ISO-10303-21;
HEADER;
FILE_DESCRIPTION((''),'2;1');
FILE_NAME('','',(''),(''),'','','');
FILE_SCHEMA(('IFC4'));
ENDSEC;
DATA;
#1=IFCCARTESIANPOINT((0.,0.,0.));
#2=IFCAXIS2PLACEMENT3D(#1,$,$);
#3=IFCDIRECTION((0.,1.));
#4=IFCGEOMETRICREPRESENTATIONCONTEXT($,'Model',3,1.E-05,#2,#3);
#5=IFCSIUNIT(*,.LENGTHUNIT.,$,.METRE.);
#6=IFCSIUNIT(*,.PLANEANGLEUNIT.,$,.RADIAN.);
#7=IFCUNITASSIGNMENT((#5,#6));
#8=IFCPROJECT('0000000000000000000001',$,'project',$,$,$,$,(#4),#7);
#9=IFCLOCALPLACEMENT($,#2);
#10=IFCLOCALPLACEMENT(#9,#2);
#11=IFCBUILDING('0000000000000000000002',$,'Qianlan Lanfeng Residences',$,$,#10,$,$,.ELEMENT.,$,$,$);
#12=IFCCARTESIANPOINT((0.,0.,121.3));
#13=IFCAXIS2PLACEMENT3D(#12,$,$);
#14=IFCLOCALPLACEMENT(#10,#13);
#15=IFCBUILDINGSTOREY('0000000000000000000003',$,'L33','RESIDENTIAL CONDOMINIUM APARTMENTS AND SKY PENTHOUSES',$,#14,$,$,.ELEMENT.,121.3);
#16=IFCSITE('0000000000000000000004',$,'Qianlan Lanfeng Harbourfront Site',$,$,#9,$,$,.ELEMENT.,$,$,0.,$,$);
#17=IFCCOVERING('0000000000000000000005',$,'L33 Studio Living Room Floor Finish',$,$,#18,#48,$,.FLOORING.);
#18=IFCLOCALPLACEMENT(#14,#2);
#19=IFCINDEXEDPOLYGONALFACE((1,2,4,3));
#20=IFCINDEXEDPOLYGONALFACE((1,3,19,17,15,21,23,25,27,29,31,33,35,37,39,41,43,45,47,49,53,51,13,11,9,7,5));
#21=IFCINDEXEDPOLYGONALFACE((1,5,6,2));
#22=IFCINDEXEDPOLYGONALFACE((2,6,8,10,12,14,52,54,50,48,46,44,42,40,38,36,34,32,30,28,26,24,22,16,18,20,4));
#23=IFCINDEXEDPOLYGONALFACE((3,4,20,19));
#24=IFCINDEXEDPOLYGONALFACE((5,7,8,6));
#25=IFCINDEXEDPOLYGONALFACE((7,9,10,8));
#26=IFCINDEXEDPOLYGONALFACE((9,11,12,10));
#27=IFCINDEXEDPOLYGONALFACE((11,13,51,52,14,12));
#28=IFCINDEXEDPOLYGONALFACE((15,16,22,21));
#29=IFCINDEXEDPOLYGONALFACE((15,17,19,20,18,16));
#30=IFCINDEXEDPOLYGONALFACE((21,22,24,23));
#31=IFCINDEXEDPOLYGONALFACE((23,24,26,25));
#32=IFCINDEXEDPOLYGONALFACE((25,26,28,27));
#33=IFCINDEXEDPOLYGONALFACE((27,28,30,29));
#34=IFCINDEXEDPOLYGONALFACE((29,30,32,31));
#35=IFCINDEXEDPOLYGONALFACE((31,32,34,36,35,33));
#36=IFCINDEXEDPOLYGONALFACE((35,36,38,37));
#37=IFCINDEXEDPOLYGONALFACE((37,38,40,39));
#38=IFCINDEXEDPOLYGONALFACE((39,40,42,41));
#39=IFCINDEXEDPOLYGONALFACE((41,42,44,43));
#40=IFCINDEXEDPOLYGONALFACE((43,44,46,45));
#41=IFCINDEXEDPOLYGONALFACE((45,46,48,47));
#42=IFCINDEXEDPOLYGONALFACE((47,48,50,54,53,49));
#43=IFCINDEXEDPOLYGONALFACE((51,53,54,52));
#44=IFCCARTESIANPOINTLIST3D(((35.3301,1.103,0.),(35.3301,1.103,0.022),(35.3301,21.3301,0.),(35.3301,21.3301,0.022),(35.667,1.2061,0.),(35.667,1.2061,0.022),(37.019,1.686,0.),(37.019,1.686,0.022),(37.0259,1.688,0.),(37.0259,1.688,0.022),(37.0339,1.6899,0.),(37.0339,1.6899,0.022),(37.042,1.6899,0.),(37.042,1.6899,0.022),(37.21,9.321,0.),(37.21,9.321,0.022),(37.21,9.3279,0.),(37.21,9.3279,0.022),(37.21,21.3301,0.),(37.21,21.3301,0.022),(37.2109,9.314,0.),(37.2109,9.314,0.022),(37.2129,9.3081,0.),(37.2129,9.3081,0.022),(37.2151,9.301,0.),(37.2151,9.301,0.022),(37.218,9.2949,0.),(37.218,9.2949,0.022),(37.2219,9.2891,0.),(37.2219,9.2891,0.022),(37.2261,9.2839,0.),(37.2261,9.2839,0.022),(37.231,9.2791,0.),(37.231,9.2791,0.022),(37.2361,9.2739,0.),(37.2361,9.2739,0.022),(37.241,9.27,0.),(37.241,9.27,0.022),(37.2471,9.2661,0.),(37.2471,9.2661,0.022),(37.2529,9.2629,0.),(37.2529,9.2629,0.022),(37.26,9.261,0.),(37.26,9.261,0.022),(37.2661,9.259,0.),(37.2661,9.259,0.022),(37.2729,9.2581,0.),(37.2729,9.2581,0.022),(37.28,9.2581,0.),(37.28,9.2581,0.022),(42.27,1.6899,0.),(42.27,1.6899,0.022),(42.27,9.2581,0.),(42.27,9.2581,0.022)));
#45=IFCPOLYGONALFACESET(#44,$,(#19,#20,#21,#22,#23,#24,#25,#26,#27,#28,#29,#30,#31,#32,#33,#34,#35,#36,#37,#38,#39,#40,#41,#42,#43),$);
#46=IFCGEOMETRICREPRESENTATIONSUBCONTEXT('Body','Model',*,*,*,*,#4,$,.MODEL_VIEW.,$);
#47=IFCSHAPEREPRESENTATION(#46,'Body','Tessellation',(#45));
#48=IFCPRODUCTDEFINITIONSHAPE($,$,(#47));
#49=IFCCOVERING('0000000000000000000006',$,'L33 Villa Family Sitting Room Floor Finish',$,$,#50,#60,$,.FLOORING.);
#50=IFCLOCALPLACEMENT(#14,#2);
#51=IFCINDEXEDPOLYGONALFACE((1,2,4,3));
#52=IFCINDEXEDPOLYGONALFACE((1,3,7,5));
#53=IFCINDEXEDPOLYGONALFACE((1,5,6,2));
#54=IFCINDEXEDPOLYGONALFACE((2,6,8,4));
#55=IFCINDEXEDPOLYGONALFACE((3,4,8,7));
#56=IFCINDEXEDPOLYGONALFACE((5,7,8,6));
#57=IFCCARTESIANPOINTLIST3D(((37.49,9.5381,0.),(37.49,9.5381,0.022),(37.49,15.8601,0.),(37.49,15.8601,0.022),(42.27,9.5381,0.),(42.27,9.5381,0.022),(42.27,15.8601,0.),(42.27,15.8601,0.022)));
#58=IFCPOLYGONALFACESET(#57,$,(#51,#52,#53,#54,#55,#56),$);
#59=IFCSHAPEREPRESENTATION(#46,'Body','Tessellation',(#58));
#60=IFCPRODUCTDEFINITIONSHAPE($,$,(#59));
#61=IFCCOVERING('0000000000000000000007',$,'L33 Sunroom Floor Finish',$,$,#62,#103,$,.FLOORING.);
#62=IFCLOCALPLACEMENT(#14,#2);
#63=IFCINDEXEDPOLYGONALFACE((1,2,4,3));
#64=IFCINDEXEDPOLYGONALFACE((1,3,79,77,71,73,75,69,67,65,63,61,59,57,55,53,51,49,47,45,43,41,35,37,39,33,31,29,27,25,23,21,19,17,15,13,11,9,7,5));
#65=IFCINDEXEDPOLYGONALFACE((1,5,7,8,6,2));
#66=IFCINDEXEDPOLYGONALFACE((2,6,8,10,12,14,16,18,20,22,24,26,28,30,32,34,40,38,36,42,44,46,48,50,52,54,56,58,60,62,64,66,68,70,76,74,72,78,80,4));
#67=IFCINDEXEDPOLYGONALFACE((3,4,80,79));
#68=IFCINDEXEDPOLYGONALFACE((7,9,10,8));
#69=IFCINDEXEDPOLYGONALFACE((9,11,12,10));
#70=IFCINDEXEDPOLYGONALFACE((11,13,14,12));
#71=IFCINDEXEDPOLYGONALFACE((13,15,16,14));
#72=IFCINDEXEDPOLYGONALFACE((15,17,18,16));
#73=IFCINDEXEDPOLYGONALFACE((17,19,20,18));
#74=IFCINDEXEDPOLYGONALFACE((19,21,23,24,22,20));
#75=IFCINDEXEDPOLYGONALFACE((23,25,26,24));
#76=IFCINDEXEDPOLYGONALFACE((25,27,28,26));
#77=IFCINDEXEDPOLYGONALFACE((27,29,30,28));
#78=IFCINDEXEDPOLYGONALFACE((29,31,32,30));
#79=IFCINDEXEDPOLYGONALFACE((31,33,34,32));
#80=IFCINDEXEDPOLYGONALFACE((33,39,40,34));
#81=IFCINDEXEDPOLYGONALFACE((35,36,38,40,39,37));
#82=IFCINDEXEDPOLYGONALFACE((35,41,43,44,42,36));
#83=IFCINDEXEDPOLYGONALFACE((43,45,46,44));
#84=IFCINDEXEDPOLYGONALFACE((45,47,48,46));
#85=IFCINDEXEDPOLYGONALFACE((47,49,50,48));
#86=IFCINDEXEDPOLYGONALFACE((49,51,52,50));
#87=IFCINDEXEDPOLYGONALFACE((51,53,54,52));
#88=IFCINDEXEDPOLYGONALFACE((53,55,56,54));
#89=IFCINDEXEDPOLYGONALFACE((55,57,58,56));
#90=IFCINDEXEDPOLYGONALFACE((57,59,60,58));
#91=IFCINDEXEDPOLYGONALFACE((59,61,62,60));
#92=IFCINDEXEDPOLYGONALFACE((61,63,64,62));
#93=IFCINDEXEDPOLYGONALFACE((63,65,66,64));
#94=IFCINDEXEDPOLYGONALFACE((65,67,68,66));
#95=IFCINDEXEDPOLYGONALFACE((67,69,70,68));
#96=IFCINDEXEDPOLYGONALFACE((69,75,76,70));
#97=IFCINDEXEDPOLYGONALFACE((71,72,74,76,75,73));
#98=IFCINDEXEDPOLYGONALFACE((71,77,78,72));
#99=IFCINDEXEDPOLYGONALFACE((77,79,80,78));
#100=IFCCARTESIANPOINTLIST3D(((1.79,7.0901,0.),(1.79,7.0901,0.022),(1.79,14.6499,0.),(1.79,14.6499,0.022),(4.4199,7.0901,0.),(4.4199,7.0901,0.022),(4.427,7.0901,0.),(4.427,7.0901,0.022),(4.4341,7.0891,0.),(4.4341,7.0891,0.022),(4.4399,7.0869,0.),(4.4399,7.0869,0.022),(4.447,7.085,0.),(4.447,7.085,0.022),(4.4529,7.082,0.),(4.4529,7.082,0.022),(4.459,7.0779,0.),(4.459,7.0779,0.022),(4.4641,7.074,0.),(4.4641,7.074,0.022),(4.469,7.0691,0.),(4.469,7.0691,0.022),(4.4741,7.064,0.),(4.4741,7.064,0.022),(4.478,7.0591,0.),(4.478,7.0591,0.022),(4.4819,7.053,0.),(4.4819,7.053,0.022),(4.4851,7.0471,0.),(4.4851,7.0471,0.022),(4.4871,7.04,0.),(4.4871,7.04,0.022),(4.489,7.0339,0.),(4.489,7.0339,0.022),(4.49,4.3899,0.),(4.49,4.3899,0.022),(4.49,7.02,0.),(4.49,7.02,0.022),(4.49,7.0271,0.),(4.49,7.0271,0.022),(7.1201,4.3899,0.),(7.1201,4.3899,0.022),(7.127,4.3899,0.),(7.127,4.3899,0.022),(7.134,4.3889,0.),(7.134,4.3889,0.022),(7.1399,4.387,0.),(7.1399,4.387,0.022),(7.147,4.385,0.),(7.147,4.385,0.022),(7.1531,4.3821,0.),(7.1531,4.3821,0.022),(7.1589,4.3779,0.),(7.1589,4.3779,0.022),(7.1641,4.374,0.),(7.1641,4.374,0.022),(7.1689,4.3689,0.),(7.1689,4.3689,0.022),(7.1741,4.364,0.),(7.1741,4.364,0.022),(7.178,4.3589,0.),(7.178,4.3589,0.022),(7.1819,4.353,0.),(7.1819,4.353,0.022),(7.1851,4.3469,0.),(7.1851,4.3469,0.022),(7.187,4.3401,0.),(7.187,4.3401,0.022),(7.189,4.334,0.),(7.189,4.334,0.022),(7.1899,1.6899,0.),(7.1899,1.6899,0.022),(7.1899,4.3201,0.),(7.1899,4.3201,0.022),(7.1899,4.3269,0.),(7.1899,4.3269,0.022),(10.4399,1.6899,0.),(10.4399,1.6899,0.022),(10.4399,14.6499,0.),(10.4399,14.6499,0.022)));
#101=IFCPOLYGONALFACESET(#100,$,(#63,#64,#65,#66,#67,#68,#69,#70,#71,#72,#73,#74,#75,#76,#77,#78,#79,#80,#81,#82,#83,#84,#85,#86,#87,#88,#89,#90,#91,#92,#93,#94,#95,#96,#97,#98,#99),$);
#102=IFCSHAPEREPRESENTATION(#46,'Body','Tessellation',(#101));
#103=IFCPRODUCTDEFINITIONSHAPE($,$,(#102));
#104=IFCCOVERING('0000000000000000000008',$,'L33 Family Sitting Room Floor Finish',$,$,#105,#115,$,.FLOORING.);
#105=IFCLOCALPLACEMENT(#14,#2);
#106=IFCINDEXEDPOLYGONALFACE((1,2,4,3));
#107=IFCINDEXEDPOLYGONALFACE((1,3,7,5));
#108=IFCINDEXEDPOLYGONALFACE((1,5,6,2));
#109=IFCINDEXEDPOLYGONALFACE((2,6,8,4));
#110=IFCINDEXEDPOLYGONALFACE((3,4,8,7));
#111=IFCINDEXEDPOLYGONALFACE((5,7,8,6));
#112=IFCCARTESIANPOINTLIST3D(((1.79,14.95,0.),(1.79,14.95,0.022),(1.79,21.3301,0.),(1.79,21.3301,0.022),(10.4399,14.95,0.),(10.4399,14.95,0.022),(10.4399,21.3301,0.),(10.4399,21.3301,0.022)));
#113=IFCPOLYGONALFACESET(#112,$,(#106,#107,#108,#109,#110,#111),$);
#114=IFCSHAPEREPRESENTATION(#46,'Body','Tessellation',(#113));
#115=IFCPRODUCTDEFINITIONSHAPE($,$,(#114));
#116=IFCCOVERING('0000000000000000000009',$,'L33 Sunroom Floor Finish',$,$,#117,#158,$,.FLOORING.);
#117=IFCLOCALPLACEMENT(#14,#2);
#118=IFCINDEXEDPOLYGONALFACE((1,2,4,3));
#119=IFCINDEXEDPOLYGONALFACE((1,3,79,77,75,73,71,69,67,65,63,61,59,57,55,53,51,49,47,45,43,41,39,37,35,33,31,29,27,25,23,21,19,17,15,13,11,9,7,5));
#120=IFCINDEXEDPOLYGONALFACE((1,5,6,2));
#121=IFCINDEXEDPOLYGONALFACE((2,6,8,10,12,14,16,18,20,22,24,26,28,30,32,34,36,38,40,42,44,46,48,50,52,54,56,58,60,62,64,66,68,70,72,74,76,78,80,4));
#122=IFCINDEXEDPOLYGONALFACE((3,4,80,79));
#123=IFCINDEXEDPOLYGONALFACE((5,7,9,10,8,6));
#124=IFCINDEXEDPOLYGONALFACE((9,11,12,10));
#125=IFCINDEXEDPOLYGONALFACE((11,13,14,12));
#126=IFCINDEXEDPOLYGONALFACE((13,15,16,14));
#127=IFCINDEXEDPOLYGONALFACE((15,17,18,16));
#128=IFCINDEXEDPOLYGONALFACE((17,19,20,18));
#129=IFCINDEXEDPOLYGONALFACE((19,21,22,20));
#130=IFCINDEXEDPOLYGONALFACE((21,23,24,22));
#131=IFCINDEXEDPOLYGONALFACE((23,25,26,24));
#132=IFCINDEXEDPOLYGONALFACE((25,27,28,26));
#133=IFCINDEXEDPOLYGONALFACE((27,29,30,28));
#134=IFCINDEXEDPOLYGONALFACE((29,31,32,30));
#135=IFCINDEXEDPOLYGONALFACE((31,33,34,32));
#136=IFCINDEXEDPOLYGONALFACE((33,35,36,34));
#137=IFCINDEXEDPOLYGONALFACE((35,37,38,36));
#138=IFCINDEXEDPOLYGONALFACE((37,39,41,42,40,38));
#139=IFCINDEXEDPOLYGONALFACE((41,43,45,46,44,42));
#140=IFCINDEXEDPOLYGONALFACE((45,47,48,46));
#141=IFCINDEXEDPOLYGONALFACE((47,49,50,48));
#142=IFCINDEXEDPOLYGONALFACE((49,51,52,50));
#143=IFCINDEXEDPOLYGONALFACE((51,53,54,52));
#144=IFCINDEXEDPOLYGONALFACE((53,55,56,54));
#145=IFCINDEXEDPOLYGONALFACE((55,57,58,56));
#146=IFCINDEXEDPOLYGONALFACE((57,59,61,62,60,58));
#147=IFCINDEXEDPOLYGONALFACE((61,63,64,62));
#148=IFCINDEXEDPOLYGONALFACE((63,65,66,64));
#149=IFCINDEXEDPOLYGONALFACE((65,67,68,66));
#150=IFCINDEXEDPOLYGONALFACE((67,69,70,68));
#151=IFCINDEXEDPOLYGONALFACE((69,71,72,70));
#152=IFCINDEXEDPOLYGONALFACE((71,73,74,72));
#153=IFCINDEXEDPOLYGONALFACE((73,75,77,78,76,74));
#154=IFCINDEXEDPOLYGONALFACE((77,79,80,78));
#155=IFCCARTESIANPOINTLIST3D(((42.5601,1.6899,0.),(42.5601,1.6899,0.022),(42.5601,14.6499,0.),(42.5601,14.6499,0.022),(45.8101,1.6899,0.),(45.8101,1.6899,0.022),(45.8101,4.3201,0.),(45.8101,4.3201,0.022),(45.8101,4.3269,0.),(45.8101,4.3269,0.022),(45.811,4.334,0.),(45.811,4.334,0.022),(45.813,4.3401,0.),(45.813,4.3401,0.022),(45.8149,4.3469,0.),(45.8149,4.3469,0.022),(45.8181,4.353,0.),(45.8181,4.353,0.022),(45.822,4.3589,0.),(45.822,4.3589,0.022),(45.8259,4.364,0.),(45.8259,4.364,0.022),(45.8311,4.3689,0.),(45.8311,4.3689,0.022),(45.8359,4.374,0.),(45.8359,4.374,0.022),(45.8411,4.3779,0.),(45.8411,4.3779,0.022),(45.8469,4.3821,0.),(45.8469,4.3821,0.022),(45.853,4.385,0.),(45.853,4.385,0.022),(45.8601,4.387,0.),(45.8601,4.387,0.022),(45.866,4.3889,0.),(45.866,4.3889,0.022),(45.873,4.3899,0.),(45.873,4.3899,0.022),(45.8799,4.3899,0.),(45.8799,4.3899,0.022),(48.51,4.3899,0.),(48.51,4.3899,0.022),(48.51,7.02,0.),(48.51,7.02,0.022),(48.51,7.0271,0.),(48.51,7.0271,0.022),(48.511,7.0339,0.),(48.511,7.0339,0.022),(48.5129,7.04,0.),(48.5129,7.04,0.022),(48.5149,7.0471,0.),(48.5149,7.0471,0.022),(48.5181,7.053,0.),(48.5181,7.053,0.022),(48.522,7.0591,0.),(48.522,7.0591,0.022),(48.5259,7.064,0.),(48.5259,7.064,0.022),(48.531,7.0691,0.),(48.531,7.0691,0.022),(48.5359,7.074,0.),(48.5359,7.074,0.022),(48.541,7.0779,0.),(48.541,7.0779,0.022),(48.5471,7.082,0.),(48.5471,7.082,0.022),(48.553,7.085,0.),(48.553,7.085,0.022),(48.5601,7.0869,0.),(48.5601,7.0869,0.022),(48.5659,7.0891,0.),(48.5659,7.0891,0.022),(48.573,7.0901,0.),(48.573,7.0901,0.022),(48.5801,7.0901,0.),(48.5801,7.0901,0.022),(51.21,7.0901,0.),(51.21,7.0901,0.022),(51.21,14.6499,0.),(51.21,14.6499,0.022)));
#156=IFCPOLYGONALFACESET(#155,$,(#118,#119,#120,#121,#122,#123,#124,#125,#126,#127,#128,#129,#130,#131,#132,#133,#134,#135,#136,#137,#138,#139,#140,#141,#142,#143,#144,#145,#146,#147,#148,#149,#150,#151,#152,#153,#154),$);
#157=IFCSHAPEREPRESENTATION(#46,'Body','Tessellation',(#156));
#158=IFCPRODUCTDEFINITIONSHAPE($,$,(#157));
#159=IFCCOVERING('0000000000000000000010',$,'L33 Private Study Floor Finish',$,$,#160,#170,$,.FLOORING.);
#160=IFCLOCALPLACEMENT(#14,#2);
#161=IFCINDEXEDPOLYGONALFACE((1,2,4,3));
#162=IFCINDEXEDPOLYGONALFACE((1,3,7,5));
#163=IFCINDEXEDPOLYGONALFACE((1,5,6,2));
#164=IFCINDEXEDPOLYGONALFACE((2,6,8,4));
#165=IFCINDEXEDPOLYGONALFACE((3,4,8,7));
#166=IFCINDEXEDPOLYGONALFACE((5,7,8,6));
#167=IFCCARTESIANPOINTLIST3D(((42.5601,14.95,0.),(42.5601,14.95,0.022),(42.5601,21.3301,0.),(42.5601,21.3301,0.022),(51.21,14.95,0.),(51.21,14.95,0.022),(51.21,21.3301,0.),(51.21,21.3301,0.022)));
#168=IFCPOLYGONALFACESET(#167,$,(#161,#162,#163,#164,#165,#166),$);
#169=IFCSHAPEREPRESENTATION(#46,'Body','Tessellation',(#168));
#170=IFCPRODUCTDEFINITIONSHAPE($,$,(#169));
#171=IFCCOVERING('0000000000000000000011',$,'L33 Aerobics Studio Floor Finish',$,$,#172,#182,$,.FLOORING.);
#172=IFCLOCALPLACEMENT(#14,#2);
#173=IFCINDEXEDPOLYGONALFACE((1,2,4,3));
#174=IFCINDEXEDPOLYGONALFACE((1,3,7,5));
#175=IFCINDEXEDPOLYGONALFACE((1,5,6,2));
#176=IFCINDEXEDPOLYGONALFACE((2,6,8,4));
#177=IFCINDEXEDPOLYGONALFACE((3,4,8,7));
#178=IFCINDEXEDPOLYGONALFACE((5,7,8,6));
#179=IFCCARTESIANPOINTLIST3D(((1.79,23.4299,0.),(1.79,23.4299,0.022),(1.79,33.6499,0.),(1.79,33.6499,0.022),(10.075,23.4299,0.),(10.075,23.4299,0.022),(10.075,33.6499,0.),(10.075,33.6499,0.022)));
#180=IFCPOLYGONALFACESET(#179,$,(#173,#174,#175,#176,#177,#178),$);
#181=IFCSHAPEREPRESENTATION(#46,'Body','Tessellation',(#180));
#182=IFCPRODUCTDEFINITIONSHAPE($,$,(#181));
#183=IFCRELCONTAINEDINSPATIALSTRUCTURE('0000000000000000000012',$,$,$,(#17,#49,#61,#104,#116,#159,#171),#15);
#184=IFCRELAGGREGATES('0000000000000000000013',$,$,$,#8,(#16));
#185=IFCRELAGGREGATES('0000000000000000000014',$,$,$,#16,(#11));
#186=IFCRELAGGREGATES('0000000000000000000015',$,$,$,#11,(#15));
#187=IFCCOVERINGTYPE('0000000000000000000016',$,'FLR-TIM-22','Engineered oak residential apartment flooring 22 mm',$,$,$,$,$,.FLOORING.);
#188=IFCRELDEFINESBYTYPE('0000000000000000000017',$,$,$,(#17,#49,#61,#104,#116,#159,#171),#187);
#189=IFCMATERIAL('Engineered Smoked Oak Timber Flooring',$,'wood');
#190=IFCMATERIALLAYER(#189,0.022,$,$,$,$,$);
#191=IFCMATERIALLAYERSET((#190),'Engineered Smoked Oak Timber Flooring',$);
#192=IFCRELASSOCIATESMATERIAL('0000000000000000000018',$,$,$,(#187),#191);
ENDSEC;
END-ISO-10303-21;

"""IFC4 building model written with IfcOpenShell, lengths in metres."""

from ifc_helpers import new_model, si_unit, direction, frame, origin, place, context, subcontext, project, spatial, polyline, outline, extrude, material, layer, layer_set, type_object, element, save


model = new_model("IFC4")

# Units and contexts
model_context = context("Model", 3, precision=1e-05, world=origin(), true_north=direction((0.0, 1.0)))
body_context = subcontext(model_context, "Body", "Model", "MODEL_VIEW")
ifc_project = project(units=[si_unit("LENGTHUNIT", "METRE"), si_unit("PLANEANGLEUNIT", "RADIAN")], contexts=[model_context])

# Site, building, storey
site_placement = place(None, origin())
site = spatial("IfcSite", under=ifc_project, at=site_placement, Name="Qianlan Lanfeng Harbourfront Site", CompositionType="ELEMENT", RefElevation=0.0)
building_placement = place(site_placement, origin())
building = spatial("IfcBuilding", under=site, at=building_placement, Name="Qianlan Lanfeng Residences", CompositionType="ELEMENT")
storey_placement = place(building_placement, frame((0.0, 0.0, 121.3)))
storey = spatial("IfcBuildingStorey", under=building, at=storey_placement, Name="L33", Description="RESIDENTIAL CONDOMINIUM APARTMENTS AND SKY PENTHOUSES", CompositionType="ELEMENT", Elevation=121.3)

# Coverings
ifc_material_1 = material(Name="Engineered Smoked Oak Timber Flooring", Category="wood")
ifc_layer_1 = layer(ifc_material_1, 0.022)
ifc_layer_set_1 = layer_set([ifc_layer_1], Name="Engineered Smoked Oak Timber Flooring")
covering_type_1 = type_object("IfcCoveringType", Name="FLR-TIM-22", Description="Engineered oak residential apartment flooring 22 mm", PredefinedType="FLOORING", material=ifc_layer_set_1)
covering_1_placement = place(storey_placement, origin())
element("IfcCovering", 1, at=covering_1_placement, inside=storey, type_object=covering_type_1, Name="L33 Studio Living Room Floor Finish", PredefinedType="FLOORING", context=body_context, shape_type="SweptSolid", body=[
    extrude(outline(polyline([(42.27, 1.6899), (42.27, 9.2581), (37.28, 9.2581), (37.2729, 9.2581), (37.2661, 9.259), (37.26, 9.261), (37.2529, 9.2629), (37.2471, 9.2661), (37.241, 9.27), (37.2361, 9.2739), (37.231, 9.2791), (37.2261, 9.2839), (37.2219, 9.2891), (37.218, 9.2949), (37.2151, 9.301), (37.2129, 9.3081), (37.2109, 9.314), (37.21, 9.321), (37.21, 9.3279), (37.21, 21.3301), (35.3301, 21.3301), (35.3301, 1.103), (35.667, 1.2061), (37.019, 1.686), (37.0259, 1.688), (37.0339, 1.6899), (37.042, 1.6899), (42.27, 1.6899)])), origin(), (0.0, 0.0, 1.0), 0.022),
])
covering_2_placement = place(storey_placement, origin())
element("IfcCovering", 2, at=covering_2_placement, inside=storey, type_object=covering_type_1, Name="L33 Villa Family Sitting Room Floor Finish", PredefinedType="FLOORING", context=body_context, shape_type="SweptSolid", body=[
    extrude(outline(polyline([(37.49, 15.8601), (37.49, 9.5381), (42.27, 9.5381), (42.27, 15.8601), (37.49, 15.8601)])), origin(), (0.0, 0.0, 1.0), 0.022),
])
covering_3_placement = place(storey_placement, origin())
element("IfcCovering", 3, at=covering_3_placement, inside=storey, type_object=covering_type_1, Name="L33 Sunroom Floor Finish", PredefinedType="FLOORING", context=body_context, shape_type="SweptSolid", body=[
    extrude(outline(polyline([(10.4399, 14.6499), (1.79, 14.6499), (1.79, 7.0901), (4.4199, 7.0901), (4.427, 7.0901), (4.4341, 7.0891), (4.4399, 7.0869), (4.447, 7.085), (4.4529, 7.082), (4.459, 7.0779), (4.4641, 7.074), (4.469, 7.0691), (4.4741, 7.064), (4.478, 7.0591), (4.4819, 7.053), (4.4851, 7.0471), (4.4871, 7.04), (4.489, 7.0339), (4.49, 7.0271), (4.49, 7.02), (4.49, 4.3899), (7.1201, 4.3899), (7.127, 4.3899), (7.134, 4.3889), (7.1399, 4.387), (7.147, 4.385), (7.1531, 4.3821), (7.1589, 4.3779), (7.1641, 4.374), (7.1689, 4.3689), (7.1741, 4.364), (7.178, 4.3589), (7.1819, 4.353), (7.1851, 4.3469), (7.187, 4.3401), (7.189, 4.334), (7.1899, 4.3269), (7.1899, 4.3201), (7.1899, 1.6899), (10.4399, 1.6899), (10.4399, 14.6499)])), origin(), (0.0, 0.0, 1.0), 0.022),
])
covering_4_placement = place(storey_placement, origin())
element("IfcCovering", 4, at=covering_4_placement, inside=storey, type_object=covering_type_1, Name="L33 Family Sitting Room Floor Finish", PredefinedType="FLOORING", context=body_context, shape_type="SweptSolid", body=[
    extrude(outline(polyline([(10.4399, 21.3301), (1.79, 21.3301), (1.79, 14.95), (10.4399, 14.95), (10.4399, 21.3301)])), origin(), (0.0, 0.0, 1.0), 0.022),
])
covering_5_placement = place(storey_placement, origin())
element("IfcCovering", 5, at=covering_5_placement, inside=storey, type_object=covering_type_1, Name="L33 Sunroom Floor Finish", PredefinedType="FLOORING", context=body_context, shape_type="SweptSolid", body=[
    extrude(outline(polyline([(51.21, 14.6499), (42.5601, 14.6499), (42.5601, 1.6899), (45.8101, 1.6899), (45.8101, 4.3201), (45.8101, 4.3269), (45.811, 4.334), (45.813, 4.3401), (45.8149, 4.3469), (45.8181, 4.353), (45.822, 4.3589), (45.8259, 4.364), (45.8311, 4.3689), (45.8359, 4.374), (45.8411, 4.3779), (45.8469, 4.3821), (45.853, 4.385), (45.8601, 4.387), (45.866, 4.3889), (45.873, 4.3899), (45.8799, 4.3899), (48.51, 4.3899), (48.51, 7.02), (48.51, 7.0271), (48.511, 7.0339), (48.5129, 7.04), (48.5149, 7.0471), (48.5181, 7.053), (48.522, 7.0591), (48.5259, 7.064), (48.531, 7.0691), (48.5359, 7.074), (48.541, 7.0779), (48.5471, 7.082), (48.553, 7.085), (48.5601, 7.0869), (48.5659, 7.0891), (48.573, 7.0901), (48.5801, 7.0901), (51.21, 7.0901), (51.21, 14.6499)])), origin(), (0.0, 0.0, 1.0), 0.022),
])
covering_6_placement = place(storey_placement, origin())
element("IfcCovering", 6, at=covering_6_placement, inside=storey, type_object=covering_type_1, Name="L33 Private Study Floor Finish", PredefinedType="FLOORING", context=body_context, shape_type="SweptSolid", body=[
    extrude(outline(polyline([(51.21, 21.3301), (42.5601, 21.3301), (42.5601, 14.95), (51.21, 14.95), (51.21, 21.3301)])), origin(), (0.0, 0.0, 1.0), 0.022),
])
covering_7_placement = place(storey_placement, origin())
element("IfcCovering", 7, at=covering_7_placement, inside=storey, type_object=covering_type_1, Name="L33 Aerobics Studio Floor Finish", PredefinedType="FLOORING", context=body_context, shape_type="SweptSolid", body=[
    extrude(outline(polyline([(10.075, 33.6499), (1.79, 33.6499), (1.79, 23.4299), (10.075, 23.4299), (10.075, 33.6499)])), origin(), (0.0, 0.0, 1.0), 0.022),
])

save(model, "model.ifc")
